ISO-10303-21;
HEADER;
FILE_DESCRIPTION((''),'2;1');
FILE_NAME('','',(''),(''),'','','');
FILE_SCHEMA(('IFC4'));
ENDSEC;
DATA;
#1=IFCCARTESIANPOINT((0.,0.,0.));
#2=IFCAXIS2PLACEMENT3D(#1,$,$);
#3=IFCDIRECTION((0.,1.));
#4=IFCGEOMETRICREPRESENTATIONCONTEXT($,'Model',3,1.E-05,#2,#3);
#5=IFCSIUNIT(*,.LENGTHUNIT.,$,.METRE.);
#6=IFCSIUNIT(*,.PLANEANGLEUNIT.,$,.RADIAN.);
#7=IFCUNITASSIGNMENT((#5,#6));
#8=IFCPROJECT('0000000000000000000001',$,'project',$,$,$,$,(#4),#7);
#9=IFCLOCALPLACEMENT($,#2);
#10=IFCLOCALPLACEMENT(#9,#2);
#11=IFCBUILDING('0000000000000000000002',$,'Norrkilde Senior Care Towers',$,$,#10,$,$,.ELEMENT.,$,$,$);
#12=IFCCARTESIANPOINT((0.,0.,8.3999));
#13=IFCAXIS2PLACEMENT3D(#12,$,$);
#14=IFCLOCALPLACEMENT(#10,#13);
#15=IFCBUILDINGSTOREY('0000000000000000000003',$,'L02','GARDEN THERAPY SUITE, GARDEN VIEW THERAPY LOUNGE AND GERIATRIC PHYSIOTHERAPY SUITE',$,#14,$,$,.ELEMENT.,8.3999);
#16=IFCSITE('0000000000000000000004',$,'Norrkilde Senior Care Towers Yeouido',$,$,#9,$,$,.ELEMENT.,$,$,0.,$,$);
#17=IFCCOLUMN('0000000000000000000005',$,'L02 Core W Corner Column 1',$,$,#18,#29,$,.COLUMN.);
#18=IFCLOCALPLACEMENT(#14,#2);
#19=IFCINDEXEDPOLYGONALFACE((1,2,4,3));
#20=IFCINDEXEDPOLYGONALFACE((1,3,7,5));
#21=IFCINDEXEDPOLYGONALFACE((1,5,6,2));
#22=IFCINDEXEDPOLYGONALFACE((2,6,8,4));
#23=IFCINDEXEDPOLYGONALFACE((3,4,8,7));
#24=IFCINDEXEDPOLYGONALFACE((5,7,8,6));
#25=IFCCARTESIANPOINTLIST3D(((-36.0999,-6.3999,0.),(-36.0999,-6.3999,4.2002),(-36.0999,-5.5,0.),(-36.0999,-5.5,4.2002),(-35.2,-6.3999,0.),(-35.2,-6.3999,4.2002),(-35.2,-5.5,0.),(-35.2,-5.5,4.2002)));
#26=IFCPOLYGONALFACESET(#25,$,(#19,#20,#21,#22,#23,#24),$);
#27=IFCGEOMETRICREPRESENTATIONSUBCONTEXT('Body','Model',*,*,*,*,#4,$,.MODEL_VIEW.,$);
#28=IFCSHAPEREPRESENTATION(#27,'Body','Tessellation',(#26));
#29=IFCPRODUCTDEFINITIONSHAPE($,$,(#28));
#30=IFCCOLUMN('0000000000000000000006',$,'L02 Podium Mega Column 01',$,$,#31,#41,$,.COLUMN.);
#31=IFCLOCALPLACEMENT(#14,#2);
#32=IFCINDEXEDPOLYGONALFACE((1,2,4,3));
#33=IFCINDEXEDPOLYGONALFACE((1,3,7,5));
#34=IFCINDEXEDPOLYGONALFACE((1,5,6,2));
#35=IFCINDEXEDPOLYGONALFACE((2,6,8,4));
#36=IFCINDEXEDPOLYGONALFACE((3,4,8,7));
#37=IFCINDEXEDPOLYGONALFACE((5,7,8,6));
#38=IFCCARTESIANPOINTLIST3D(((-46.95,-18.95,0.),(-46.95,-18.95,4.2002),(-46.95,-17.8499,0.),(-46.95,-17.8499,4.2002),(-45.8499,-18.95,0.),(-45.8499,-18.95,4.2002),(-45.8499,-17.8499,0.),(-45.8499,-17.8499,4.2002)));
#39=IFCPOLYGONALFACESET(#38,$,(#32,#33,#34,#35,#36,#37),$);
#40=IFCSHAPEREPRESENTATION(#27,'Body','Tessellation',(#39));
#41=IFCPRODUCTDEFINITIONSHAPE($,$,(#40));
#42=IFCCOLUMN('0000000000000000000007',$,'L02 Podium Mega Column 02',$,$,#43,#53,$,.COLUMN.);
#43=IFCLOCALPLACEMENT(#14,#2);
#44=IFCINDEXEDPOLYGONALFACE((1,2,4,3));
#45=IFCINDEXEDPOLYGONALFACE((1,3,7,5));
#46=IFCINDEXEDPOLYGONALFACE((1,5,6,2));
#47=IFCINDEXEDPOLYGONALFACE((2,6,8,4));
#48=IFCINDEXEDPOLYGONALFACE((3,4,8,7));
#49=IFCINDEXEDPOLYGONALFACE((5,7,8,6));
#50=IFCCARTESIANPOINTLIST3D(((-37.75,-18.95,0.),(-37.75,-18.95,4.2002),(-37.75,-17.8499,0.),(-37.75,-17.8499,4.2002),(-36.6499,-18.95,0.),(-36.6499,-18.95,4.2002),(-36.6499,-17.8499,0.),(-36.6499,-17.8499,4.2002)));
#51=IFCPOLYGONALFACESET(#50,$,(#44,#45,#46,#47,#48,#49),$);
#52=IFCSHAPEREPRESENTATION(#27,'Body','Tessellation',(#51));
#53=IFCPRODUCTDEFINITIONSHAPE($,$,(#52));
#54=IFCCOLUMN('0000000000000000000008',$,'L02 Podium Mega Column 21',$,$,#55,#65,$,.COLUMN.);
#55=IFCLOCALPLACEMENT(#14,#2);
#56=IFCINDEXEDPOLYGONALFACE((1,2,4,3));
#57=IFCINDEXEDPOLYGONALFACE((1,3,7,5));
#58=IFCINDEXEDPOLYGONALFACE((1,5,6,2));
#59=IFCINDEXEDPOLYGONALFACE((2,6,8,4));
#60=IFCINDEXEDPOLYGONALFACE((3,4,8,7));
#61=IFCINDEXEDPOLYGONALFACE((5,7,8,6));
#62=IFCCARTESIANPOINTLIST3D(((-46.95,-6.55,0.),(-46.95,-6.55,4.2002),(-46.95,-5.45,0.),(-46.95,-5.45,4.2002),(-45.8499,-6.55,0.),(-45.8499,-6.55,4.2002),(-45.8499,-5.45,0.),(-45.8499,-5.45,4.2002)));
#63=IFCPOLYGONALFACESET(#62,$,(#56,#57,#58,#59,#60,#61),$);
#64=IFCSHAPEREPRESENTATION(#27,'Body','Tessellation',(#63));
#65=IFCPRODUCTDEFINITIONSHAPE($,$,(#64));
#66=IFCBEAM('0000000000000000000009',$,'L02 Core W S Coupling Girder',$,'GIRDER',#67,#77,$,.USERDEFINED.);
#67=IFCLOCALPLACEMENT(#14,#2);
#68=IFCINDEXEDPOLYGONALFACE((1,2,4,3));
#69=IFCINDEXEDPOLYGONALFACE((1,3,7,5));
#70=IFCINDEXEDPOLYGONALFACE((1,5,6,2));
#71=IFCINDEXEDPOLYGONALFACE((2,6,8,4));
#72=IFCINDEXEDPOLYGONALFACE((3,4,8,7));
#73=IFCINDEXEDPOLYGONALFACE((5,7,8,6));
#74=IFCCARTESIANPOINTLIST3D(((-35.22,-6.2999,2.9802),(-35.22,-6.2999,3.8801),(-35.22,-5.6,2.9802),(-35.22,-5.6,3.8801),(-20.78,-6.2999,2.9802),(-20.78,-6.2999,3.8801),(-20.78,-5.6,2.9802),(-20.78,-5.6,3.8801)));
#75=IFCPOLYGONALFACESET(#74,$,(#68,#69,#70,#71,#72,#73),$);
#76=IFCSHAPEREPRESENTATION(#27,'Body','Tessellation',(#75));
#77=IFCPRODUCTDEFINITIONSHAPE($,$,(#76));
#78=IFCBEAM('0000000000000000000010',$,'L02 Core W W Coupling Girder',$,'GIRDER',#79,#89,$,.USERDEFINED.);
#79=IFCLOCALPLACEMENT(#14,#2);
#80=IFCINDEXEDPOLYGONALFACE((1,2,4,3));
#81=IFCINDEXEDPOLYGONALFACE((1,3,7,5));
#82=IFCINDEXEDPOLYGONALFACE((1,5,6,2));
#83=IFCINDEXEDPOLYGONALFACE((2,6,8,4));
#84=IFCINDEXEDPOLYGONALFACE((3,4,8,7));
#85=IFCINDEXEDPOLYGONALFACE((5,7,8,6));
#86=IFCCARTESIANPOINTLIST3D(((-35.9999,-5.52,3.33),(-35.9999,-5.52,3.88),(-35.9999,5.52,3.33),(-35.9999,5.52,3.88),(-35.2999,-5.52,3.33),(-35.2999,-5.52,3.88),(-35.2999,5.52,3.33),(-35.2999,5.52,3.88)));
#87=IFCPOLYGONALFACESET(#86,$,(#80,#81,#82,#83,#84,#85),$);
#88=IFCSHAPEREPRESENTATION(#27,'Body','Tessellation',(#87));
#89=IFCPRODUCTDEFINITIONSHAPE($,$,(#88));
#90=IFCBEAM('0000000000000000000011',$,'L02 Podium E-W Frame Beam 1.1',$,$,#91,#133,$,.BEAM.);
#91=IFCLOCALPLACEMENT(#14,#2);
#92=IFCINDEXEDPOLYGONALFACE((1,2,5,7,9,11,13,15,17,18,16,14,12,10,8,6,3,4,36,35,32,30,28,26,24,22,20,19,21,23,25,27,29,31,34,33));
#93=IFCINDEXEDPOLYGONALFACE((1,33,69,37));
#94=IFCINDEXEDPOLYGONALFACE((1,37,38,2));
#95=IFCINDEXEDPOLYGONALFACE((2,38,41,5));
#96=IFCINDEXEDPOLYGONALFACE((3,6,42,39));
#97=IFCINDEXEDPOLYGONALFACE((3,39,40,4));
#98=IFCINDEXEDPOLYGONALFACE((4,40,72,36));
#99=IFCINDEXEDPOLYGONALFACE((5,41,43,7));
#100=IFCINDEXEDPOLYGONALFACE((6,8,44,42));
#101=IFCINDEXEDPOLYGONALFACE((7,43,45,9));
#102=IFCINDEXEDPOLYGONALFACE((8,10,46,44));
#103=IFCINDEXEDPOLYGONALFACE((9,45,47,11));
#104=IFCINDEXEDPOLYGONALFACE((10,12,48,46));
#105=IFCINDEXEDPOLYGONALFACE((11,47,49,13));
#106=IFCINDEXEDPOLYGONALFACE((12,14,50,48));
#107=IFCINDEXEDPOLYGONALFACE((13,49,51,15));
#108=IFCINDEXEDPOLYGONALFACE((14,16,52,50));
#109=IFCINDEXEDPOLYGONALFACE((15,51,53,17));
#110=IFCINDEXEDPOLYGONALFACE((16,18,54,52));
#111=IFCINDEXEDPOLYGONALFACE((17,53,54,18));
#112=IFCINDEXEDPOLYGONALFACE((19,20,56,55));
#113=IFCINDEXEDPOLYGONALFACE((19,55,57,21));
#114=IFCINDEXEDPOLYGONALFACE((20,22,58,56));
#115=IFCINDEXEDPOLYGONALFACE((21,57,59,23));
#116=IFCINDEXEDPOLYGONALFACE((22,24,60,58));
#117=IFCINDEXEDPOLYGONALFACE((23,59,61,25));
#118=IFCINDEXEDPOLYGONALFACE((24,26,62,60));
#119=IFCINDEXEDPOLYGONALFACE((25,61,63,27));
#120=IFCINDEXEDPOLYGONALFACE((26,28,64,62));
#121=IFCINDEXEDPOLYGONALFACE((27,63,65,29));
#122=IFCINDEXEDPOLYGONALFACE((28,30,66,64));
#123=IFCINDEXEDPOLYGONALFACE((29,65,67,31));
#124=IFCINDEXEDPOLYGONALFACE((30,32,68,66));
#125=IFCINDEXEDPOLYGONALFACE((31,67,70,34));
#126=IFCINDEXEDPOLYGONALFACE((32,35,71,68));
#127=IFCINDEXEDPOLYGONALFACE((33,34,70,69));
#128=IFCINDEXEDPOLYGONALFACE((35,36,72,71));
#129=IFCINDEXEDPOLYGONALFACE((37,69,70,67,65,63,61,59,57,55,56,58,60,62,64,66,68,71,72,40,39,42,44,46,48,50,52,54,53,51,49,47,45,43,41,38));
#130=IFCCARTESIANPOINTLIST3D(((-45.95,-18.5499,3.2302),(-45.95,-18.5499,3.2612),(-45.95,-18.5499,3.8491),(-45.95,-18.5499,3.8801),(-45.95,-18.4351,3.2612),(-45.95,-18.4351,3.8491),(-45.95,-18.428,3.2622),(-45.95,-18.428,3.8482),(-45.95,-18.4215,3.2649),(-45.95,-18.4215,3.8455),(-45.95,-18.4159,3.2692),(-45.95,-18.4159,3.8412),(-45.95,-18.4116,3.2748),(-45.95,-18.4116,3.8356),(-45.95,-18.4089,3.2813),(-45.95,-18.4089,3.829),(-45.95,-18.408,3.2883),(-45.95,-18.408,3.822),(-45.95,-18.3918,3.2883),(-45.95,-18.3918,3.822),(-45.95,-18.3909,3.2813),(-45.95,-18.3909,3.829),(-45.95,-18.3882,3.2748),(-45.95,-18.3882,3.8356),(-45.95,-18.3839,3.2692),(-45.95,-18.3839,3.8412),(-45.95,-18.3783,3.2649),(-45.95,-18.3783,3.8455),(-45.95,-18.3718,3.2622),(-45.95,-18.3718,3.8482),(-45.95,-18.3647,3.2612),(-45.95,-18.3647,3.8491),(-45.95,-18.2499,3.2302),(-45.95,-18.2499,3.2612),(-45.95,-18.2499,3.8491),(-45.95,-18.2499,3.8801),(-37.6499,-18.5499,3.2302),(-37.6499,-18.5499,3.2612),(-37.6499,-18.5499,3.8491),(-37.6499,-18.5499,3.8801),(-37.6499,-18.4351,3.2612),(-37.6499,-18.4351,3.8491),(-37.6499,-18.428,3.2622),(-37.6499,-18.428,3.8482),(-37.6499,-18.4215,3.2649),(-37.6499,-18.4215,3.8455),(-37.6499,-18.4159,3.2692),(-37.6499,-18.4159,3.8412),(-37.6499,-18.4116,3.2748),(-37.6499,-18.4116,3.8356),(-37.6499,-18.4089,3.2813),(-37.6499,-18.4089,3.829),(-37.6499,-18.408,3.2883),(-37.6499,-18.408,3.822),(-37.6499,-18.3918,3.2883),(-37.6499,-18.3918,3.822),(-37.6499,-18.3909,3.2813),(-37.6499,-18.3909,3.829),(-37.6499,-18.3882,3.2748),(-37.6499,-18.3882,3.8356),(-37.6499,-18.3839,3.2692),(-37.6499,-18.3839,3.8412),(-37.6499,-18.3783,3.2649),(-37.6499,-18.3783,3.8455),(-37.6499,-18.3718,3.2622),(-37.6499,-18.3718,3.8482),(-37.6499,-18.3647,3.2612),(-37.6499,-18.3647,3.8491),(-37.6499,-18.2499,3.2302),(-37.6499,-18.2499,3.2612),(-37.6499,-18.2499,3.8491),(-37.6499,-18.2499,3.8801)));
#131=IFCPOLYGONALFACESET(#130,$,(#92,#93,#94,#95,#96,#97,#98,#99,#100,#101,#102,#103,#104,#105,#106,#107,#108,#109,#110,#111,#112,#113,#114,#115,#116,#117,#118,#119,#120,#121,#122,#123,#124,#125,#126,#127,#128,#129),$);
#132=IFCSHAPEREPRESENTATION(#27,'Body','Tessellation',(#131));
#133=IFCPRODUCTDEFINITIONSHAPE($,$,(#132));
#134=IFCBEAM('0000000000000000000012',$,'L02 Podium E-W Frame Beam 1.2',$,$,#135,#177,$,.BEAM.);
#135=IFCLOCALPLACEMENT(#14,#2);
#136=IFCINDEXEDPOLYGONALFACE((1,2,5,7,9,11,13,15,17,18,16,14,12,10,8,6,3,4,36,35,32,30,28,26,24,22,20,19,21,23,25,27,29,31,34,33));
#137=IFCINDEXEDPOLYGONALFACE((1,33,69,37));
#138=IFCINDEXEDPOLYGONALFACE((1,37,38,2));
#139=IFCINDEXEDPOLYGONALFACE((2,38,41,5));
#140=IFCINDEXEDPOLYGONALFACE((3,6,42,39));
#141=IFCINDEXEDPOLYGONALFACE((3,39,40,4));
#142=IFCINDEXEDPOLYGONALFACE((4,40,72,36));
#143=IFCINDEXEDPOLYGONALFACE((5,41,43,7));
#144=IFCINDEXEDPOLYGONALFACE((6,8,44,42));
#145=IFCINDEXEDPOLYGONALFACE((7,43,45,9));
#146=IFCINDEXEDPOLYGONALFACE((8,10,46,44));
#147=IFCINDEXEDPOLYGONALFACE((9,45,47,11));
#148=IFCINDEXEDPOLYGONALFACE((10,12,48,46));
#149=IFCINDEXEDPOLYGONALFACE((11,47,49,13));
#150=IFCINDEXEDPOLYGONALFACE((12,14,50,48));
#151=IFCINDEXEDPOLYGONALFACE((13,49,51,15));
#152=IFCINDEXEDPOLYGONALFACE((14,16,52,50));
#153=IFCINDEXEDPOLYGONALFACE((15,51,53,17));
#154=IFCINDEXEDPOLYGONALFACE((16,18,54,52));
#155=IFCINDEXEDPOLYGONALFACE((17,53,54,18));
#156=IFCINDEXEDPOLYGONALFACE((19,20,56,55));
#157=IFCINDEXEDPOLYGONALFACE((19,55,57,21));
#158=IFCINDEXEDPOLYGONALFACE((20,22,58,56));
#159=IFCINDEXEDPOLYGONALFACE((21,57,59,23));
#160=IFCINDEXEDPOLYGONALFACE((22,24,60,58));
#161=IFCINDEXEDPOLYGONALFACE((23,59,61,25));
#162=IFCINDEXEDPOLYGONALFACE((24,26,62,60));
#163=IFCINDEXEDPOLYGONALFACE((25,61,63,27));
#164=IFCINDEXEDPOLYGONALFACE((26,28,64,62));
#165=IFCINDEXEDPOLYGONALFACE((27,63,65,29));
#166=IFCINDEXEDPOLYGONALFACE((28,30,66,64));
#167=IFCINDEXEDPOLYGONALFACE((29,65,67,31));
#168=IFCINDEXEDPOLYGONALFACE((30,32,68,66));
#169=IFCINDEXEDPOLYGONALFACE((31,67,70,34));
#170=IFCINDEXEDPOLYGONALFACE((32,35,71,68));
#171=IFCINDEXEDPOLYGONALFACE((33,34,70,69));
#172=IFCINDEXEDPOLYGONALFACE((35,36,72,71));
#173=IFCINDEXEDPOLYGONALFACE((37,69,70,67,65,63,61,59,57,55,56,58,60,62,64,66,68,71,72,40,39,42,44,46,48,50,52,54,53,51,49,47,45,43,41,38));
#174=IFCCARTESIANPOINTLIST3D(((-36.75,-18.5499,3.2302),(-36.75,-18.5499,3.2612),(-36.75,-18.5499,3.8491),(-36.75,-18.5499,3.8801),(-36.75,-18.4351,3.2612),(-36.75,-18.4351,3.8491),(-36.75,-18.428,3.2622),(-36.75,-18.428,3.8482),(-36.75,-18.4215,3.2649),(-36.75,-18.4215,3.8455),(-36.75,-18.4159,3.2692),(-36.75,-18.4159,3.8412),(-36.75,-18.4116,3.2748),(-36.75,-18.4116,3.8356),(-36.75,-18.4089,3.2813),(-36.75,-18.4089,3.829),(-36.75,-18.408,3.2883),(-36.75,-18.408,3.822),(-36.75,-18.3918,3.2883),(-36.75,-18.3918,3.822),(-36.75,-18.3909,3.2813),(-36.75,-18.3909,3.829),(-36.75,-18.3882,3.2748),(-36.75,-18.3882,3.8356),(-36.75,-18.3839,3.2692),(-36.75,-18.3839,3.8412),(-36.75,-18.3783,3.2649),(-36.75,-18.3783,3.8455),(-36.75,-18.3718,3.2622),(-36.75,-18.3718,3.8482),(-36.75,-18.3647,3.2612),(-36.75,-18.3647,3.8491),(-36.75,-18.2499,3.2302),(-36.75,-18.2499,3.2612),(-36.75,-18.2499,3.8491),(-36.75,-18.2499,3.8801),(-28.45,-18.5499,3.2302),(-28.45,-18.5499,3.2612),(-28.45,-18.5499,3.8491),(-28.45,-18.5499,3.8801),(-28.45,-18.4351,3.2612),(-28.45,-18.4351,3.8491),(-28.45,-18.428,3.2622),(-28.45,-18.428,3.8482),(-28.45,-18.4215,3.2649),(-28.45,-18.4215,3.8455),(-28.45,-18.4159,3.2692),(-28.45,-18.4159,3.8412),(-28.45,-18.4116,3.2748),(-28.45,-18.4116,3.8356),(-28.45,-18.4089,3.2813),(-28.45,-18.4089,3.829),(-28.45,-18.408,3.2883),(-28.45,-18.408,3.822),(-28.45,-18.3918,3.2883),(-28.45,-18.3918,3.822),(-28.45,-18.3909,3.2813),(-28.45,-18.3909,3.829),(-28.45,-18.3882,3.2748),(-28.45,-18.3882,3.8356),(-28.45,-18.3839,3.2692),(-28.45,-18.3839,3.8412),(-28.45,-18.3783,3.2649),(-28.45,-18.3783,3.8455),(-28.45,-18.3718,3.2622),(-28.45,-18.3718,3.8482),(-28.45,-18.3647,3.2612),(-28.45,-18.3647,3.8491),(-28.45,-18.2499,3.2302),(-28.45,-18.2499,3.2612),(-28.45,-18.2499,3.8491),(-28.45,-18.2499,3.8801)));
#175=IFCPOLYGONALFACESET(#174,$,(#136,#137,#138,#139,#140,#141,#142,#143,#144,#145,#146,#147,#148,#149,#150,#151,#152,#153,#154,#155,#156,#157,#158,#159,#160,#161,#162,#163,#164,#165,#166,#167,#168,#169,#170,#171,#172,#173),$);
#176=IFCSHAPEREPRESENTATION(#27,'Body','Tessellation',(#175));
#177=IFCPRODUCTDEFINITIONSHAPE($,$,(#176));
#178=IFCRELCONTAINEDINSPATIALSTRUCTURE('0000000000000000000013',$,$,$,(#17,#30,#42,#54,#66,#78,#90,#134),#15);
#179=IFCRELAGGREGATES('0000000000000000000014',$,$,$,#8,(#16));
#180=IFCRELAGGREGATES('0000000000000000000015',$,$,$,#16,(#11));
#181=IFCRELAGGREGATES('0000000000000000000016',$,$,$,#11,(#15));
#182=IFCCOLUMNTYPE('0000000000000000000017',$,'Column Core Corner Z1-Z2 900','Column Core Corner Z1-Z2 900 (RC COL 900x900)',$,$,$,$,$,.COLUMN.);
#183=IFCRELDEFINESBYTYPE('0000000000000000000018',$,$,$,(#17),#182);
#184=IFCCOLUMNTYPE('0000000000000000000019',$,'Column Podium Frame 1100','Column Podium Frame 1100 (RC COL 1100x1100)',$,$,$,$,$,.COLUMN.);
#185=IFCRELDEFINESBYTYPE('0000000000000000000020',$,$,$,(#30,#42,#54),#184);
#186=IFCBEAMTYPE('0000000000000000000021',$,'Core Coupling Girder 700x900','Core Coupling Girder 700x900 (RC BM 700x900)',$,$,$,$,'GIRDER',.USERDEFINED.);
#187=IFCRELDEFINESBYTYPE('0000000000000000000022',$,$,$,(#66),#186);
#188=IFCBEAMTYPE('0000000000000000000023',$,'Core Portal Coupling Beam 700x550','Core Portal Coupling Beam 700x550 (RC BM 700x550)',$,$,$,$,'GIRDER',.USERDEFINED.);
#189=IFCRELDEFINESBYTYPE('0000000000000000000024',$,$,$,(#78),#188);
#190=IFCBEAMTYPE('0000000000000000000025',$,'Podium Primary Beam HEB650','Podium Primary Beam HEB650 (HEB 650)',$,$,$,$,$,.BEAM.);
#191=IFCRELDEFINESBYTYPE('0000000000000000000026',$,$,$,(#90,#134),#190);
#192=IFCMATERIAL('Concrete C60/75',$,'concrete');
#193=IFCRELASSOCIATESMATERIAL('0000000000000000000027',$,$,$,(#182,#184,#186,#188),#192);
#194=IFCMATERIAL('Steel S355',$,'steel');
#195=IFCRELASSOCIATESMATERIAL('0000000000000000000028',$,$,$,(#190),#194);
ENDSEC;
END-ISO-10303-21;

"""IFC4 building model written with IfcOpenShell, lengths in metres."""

from ifc_helpers import new_model, si_unit, direction, frame, origin, origin_2d, place, context, subcontext, project, spatial, rectangle, i_section, extrude, source, transform, mapped, material, material_profile, profile_set, type_object, type_shapes, element, save


model = new_model("IFC4")

# Units and contexts
model_context = context("Model", 3, precision=1e-05, world=origin(), true_north=direction((0.0, 1.0)))
body_context = subcontext(model_context, "Body", "Model", "MODEL_VIEW")
ifc_project = project(units=[si_unit("LENGTHUNIT", "METRE"), si_unit("PLANEANGLEUNIT", "RADIAN")], contexts=[model_context])

# Site, building, storey
site_placement = place(None, origin())
site = spatial("IfcSite", under=ifc_project, at=site_placement, Name="Norrkilde Senior Care Towers Yeouido", CompositionType="ELEMENT", RefElevation=0.0)
building_placement = place(site_placement, origin())
building = spatial("IfcBuilding", under=site, at=building_placement, Name="Norrkilde Senior Care Towers", CompositionType="ELEMENT")
storey_placement = place(building_placement, frame((0.0, 0.0, 8.3999)))
storey = spatial("IfcBuildingStorey", under=building, at=storey_placement, Name="L02", Description="GARDEN THERAPY SUITE, GARDEN VIEW THERAPY LOUNGE AND GERIATRIC PHYSIOTHERAPY SUITE", CompositionType="ELEMENT", Elevation=8.3999)

# Columns
ifc_material_1 = material(Name="Concrete C60/75", Category="concrete")
ifc_material_profile_1 = material_profile(ifc_material_1, rectangle(XDim=0.8999, YDim=0.8999, at=origin_2d()), Name="RC COL 900x900")
ifc_profile_set_1 = profile_set([ifc_material_profile_1], Name="Concrete C60/75")
column_type_1 = type_object("IfcColumnType", Name="Column Core Corner Z1-Z2 900", Description="Column Core Corner Z1-Z2 900 (RC COL 900x900)", PredefinedType="COLUMN", material=ifc_profile_set_1)
shared_shape_1 = source(origin(), body_context, "Body", "SweptSolid", [
    extrude(rectangle(XDim=0.8999, YDim=0.8999, at=origin_2d()), origin(), (0.0, 0.0, 1.0), 4.2002),
])
type_shapes(column_type_1, [shared_shape_1])
column_placement = place(storey_placement, frame((-35.6499, -5.95, 0.0), z_axis=(0.0, 0.0, 1.0), x_axis=(1.0, 0.0, 0.0)))
element("IfcColumn", 1, at=column_placement, inside=storey, type_object=column_type_1, Name="L02 Core W Corner Column 1", PredefinedType="COLUMN", context=body_context, shape_type="MappedRepresentation", body=[
    mapped(shared_shape_1, transform((0.0, 0.0, 0.0), x_axis=(1.0, 0.0, 0.0), y_axis=(0.0, 1.0, 0.0), z_axis=(0.0, 0.0, 1.0), scale=1.0)),
])
ifc_material_profile_2 = material_profile(ifc_material_1, rectangle(XDim=1.1001, YDim=1.1001, at=origin_2d()), Name="RC COL 1100x1100")
ifc_profile_set_2 = profile_set([ifc_material_profile_2], Name="Concrete C60/75")
column_type_2 = type_object("IfcColumnType", Name="Column Podium Frame 1100", Description="Column Podium Frame 1100 (RC COL 1100x1100)", PredefinedType="COLUMN", material=ifc_profile_set_2)
shared_shape_2 = source(origin(), body_context, "Body", "SweptSolid", [
    extrude(rectangle(XDim=1.1001, YDim=1.1001, at=origin_2d()), origin(), (0.0, 0.0, 1.0), 4.2002),
])
type_shapes(column_type_2, [shared_shape_2])
for number, where, z_axis, x_axis, name in (
    (2, (-46.3999, -18.3999, 0.0), (0.0, 0.0, 1.0), (1.0, 0.0, 0.0), "L02 Podium Mega Column 01"),
    (3, (-37.2, -18.3999, 0.0), (0.0, 0.0, 1.0), (1.0, 0.0, 0.0), "L02 Podium Mega Column 02"),
    (4, (-46.3999, -6.0, 0.0), (0.0, 0.0, 1.0), (1.0, 0.0, 0.0), "L02 Podium Mega Column 21"),
):
    element("IfcColumn", number, at=place(storey_placement, frame(where, z_axis=z_axis, x_axis=x_axis)), inside=storey, type_object=column_type_2, Name=name, PredefinedType="COLUMN", context=body_context, shape_type="MappedRepresentation", body=[
        mapped(shared_shape_2, transform((0.0, 0.0, 0.0), x_axis=(1.0, 0.0, 0.0), y_axis=(0.0, 1.0, 0.0), z_axis=(0.0, 0.0, 1.0), scale=1.0)),
    ])

# Beams
ifc_material_profile_3 = material_profile(ifc_material_1, rectangle(XDim=0.7, YDim=0.8999, at=origin_2d()), Name="RC BM 700x900")
ifc_profile_set_3 = profile_set([ifc_material_profile_3], Name="Concrete C60/75")
beam_type_1 = type_object("IfcBeamType", Name="Core Coupling Girder 700x900", Description="Core Coupling Girder 700x900 (RC BM 700x900)", ElementType="GIRDER", PredefinedType="USERDEFINED", material=ifc_profile_set_3)
shared_shape_3 = source(origin(), body_context, "Body", "SweptSolid", [
    extrude(rectangle(XDim=0.7, YDim=0.8999, at=origin_2d()), origin(), (0.0, 0.0, 1.0), 14.4399),
])
type_shapes(beam_type_1, [shared_shape_3])
beam_1_placement = place(storey_placement, frame((-35.22, -5.95, 3.4302), z_axis=(1.0, 0.0, 0.0), x_axis=(0.0, 1.0, 0.0)))
element("IfcBeam", 5, at=beam_1_placement, inside=storey, type_object=beam_type_1, Name="L02 Core W S Coupling Girder", ObjectType="GIRDER", PredefinedType="USERDEFINED", context=body_context, shape_type="MappedRepresentation", body=[
    mapped(shared_shape_3, transform((0.0, 0.0, 0.0), x_axis=(1.0, 0.0, 0.0), y_axis=(0.0, 1.0, 0.0), z_axis=(0.0, 0.0, 1.0), scale=1.0)),
])
ifc_material_profile_4 = material_profile(ifc_material_1, rectangle(XDim=0.7, YDim=0.55, at=origin_2d()), Name="RC BM 700x550")
ifc_profile_set_4 = profile_set([ifc_material_profile_4], Name="Concrete C60/75")
beam_type_2 = type_object("IfcBeamType", Name="Core Portal Coupling Beam 700x550", Description="Core Portal Coupling Beam 700x550 (RC BM 700x550)", ElementType="GIRDER", PredefinedType="USERDEFINED", material=ifc_profile_set_4)
shared_shape_4 = source(origin(), body_context, "Body", "SweptSolid", [
    extrude(rectangle(XDim=0.7, YDim=0.55, at=origin_2d()), origin(), (0.0, 0.0, 1.0), 11.04),
])
type_shapes(beam_type_2, [shared_shape_4])
beam_2_placement = place(storey_placement, frame((-35.6499, -5.52, 3.605), z_axis=(0.0, 1.0, 0.0), x_axis=(-1.0, 0.0, 0.0)))
element("IfcBeam", 6, at=beam_2_placement, inside=storey, type_object=beam_type_2, Name="L02 Core W W Coupling Girder", ObjectType="GIRDER", PredefinedType="USERDEFINED", context=body_context, shape_type="MappedRepresentation", body=[
    mapped(shared_shape_4, transform((0.0, 0.0, 0.0), x_axis=(1.0, 0.0, 0.0), y_axis=(0.0, 1.0, 0.0), z_axis=(0.0, 0.0, 1.0), scale=1.0)),
])
ifc_material_2 = material(Name="Steel S355", Category="steel")
ifc_material_profile_5 = material_profile(ifc_material_2, i_section(OverallWidth=0.3, OverallDepth=0.6499, WebThickness=0.0161, FlangeThickness=0.031, FilletRadius=0.0271, at=origin_2d()), Name="HEB 650")
ifc_profile_set_5 = profile_set([ifc_material_profile_5], Name="Steel S355")
beam_type_3 = type_object("IfcBeamType", Name="Podium Primary Beam HEB650", Description="Podium Primary Beam HEB650 (HEB 650)", PredefinedType="BEAM", material=ifc_profile_set_5)
shared_shape_5 = source(origin(), body_context, "Body", "SweptSolid", [
    extrude(i_section(OverallWidth=0.3, OverallDepth=0.6499, WebThickness=0.0161, FlangeThickness=0.031, FilletRadius=0.0271, at=origin_2d()), origin(), (0.0, 0.0, 1.0), 8.3),
])
for number, where, z_axis, x_axis, name in (
    (7, (-45.95, -18.3999, 3.5552), (1.0, 0.0, 0.0), (0.0, 1.0, 0.0), "L02 Podium E-W Frame Beam 1.1"),
    (8, (-36.75, -18.3999, 3.5552), (1.0, 0.0, 0.0), (0.0, 1.0, 0.0), "L02 Podium E-W Frame Beam 1.2"),
):
    element("IfcBeam", number, at=place(storey_placement, frame(where, z_axis=z_axis, x_axis=x_axis)), inside=storey, type_object=beam_type_3, Name=name, PredefinedType="BEAM", context=body_context, shape_type="MappedRepresentation", body=[
        mapped(shared_shape_5, transform((0.0, 0.0, 0.0), x_axis=(1.0, 0.0, 0.0), y_axis=(0.0, 1.0, 0.0), z_axis=(0.0, 0.0, 1.0), scale=1.0)),
    ])

save(model, "model.ifc")
